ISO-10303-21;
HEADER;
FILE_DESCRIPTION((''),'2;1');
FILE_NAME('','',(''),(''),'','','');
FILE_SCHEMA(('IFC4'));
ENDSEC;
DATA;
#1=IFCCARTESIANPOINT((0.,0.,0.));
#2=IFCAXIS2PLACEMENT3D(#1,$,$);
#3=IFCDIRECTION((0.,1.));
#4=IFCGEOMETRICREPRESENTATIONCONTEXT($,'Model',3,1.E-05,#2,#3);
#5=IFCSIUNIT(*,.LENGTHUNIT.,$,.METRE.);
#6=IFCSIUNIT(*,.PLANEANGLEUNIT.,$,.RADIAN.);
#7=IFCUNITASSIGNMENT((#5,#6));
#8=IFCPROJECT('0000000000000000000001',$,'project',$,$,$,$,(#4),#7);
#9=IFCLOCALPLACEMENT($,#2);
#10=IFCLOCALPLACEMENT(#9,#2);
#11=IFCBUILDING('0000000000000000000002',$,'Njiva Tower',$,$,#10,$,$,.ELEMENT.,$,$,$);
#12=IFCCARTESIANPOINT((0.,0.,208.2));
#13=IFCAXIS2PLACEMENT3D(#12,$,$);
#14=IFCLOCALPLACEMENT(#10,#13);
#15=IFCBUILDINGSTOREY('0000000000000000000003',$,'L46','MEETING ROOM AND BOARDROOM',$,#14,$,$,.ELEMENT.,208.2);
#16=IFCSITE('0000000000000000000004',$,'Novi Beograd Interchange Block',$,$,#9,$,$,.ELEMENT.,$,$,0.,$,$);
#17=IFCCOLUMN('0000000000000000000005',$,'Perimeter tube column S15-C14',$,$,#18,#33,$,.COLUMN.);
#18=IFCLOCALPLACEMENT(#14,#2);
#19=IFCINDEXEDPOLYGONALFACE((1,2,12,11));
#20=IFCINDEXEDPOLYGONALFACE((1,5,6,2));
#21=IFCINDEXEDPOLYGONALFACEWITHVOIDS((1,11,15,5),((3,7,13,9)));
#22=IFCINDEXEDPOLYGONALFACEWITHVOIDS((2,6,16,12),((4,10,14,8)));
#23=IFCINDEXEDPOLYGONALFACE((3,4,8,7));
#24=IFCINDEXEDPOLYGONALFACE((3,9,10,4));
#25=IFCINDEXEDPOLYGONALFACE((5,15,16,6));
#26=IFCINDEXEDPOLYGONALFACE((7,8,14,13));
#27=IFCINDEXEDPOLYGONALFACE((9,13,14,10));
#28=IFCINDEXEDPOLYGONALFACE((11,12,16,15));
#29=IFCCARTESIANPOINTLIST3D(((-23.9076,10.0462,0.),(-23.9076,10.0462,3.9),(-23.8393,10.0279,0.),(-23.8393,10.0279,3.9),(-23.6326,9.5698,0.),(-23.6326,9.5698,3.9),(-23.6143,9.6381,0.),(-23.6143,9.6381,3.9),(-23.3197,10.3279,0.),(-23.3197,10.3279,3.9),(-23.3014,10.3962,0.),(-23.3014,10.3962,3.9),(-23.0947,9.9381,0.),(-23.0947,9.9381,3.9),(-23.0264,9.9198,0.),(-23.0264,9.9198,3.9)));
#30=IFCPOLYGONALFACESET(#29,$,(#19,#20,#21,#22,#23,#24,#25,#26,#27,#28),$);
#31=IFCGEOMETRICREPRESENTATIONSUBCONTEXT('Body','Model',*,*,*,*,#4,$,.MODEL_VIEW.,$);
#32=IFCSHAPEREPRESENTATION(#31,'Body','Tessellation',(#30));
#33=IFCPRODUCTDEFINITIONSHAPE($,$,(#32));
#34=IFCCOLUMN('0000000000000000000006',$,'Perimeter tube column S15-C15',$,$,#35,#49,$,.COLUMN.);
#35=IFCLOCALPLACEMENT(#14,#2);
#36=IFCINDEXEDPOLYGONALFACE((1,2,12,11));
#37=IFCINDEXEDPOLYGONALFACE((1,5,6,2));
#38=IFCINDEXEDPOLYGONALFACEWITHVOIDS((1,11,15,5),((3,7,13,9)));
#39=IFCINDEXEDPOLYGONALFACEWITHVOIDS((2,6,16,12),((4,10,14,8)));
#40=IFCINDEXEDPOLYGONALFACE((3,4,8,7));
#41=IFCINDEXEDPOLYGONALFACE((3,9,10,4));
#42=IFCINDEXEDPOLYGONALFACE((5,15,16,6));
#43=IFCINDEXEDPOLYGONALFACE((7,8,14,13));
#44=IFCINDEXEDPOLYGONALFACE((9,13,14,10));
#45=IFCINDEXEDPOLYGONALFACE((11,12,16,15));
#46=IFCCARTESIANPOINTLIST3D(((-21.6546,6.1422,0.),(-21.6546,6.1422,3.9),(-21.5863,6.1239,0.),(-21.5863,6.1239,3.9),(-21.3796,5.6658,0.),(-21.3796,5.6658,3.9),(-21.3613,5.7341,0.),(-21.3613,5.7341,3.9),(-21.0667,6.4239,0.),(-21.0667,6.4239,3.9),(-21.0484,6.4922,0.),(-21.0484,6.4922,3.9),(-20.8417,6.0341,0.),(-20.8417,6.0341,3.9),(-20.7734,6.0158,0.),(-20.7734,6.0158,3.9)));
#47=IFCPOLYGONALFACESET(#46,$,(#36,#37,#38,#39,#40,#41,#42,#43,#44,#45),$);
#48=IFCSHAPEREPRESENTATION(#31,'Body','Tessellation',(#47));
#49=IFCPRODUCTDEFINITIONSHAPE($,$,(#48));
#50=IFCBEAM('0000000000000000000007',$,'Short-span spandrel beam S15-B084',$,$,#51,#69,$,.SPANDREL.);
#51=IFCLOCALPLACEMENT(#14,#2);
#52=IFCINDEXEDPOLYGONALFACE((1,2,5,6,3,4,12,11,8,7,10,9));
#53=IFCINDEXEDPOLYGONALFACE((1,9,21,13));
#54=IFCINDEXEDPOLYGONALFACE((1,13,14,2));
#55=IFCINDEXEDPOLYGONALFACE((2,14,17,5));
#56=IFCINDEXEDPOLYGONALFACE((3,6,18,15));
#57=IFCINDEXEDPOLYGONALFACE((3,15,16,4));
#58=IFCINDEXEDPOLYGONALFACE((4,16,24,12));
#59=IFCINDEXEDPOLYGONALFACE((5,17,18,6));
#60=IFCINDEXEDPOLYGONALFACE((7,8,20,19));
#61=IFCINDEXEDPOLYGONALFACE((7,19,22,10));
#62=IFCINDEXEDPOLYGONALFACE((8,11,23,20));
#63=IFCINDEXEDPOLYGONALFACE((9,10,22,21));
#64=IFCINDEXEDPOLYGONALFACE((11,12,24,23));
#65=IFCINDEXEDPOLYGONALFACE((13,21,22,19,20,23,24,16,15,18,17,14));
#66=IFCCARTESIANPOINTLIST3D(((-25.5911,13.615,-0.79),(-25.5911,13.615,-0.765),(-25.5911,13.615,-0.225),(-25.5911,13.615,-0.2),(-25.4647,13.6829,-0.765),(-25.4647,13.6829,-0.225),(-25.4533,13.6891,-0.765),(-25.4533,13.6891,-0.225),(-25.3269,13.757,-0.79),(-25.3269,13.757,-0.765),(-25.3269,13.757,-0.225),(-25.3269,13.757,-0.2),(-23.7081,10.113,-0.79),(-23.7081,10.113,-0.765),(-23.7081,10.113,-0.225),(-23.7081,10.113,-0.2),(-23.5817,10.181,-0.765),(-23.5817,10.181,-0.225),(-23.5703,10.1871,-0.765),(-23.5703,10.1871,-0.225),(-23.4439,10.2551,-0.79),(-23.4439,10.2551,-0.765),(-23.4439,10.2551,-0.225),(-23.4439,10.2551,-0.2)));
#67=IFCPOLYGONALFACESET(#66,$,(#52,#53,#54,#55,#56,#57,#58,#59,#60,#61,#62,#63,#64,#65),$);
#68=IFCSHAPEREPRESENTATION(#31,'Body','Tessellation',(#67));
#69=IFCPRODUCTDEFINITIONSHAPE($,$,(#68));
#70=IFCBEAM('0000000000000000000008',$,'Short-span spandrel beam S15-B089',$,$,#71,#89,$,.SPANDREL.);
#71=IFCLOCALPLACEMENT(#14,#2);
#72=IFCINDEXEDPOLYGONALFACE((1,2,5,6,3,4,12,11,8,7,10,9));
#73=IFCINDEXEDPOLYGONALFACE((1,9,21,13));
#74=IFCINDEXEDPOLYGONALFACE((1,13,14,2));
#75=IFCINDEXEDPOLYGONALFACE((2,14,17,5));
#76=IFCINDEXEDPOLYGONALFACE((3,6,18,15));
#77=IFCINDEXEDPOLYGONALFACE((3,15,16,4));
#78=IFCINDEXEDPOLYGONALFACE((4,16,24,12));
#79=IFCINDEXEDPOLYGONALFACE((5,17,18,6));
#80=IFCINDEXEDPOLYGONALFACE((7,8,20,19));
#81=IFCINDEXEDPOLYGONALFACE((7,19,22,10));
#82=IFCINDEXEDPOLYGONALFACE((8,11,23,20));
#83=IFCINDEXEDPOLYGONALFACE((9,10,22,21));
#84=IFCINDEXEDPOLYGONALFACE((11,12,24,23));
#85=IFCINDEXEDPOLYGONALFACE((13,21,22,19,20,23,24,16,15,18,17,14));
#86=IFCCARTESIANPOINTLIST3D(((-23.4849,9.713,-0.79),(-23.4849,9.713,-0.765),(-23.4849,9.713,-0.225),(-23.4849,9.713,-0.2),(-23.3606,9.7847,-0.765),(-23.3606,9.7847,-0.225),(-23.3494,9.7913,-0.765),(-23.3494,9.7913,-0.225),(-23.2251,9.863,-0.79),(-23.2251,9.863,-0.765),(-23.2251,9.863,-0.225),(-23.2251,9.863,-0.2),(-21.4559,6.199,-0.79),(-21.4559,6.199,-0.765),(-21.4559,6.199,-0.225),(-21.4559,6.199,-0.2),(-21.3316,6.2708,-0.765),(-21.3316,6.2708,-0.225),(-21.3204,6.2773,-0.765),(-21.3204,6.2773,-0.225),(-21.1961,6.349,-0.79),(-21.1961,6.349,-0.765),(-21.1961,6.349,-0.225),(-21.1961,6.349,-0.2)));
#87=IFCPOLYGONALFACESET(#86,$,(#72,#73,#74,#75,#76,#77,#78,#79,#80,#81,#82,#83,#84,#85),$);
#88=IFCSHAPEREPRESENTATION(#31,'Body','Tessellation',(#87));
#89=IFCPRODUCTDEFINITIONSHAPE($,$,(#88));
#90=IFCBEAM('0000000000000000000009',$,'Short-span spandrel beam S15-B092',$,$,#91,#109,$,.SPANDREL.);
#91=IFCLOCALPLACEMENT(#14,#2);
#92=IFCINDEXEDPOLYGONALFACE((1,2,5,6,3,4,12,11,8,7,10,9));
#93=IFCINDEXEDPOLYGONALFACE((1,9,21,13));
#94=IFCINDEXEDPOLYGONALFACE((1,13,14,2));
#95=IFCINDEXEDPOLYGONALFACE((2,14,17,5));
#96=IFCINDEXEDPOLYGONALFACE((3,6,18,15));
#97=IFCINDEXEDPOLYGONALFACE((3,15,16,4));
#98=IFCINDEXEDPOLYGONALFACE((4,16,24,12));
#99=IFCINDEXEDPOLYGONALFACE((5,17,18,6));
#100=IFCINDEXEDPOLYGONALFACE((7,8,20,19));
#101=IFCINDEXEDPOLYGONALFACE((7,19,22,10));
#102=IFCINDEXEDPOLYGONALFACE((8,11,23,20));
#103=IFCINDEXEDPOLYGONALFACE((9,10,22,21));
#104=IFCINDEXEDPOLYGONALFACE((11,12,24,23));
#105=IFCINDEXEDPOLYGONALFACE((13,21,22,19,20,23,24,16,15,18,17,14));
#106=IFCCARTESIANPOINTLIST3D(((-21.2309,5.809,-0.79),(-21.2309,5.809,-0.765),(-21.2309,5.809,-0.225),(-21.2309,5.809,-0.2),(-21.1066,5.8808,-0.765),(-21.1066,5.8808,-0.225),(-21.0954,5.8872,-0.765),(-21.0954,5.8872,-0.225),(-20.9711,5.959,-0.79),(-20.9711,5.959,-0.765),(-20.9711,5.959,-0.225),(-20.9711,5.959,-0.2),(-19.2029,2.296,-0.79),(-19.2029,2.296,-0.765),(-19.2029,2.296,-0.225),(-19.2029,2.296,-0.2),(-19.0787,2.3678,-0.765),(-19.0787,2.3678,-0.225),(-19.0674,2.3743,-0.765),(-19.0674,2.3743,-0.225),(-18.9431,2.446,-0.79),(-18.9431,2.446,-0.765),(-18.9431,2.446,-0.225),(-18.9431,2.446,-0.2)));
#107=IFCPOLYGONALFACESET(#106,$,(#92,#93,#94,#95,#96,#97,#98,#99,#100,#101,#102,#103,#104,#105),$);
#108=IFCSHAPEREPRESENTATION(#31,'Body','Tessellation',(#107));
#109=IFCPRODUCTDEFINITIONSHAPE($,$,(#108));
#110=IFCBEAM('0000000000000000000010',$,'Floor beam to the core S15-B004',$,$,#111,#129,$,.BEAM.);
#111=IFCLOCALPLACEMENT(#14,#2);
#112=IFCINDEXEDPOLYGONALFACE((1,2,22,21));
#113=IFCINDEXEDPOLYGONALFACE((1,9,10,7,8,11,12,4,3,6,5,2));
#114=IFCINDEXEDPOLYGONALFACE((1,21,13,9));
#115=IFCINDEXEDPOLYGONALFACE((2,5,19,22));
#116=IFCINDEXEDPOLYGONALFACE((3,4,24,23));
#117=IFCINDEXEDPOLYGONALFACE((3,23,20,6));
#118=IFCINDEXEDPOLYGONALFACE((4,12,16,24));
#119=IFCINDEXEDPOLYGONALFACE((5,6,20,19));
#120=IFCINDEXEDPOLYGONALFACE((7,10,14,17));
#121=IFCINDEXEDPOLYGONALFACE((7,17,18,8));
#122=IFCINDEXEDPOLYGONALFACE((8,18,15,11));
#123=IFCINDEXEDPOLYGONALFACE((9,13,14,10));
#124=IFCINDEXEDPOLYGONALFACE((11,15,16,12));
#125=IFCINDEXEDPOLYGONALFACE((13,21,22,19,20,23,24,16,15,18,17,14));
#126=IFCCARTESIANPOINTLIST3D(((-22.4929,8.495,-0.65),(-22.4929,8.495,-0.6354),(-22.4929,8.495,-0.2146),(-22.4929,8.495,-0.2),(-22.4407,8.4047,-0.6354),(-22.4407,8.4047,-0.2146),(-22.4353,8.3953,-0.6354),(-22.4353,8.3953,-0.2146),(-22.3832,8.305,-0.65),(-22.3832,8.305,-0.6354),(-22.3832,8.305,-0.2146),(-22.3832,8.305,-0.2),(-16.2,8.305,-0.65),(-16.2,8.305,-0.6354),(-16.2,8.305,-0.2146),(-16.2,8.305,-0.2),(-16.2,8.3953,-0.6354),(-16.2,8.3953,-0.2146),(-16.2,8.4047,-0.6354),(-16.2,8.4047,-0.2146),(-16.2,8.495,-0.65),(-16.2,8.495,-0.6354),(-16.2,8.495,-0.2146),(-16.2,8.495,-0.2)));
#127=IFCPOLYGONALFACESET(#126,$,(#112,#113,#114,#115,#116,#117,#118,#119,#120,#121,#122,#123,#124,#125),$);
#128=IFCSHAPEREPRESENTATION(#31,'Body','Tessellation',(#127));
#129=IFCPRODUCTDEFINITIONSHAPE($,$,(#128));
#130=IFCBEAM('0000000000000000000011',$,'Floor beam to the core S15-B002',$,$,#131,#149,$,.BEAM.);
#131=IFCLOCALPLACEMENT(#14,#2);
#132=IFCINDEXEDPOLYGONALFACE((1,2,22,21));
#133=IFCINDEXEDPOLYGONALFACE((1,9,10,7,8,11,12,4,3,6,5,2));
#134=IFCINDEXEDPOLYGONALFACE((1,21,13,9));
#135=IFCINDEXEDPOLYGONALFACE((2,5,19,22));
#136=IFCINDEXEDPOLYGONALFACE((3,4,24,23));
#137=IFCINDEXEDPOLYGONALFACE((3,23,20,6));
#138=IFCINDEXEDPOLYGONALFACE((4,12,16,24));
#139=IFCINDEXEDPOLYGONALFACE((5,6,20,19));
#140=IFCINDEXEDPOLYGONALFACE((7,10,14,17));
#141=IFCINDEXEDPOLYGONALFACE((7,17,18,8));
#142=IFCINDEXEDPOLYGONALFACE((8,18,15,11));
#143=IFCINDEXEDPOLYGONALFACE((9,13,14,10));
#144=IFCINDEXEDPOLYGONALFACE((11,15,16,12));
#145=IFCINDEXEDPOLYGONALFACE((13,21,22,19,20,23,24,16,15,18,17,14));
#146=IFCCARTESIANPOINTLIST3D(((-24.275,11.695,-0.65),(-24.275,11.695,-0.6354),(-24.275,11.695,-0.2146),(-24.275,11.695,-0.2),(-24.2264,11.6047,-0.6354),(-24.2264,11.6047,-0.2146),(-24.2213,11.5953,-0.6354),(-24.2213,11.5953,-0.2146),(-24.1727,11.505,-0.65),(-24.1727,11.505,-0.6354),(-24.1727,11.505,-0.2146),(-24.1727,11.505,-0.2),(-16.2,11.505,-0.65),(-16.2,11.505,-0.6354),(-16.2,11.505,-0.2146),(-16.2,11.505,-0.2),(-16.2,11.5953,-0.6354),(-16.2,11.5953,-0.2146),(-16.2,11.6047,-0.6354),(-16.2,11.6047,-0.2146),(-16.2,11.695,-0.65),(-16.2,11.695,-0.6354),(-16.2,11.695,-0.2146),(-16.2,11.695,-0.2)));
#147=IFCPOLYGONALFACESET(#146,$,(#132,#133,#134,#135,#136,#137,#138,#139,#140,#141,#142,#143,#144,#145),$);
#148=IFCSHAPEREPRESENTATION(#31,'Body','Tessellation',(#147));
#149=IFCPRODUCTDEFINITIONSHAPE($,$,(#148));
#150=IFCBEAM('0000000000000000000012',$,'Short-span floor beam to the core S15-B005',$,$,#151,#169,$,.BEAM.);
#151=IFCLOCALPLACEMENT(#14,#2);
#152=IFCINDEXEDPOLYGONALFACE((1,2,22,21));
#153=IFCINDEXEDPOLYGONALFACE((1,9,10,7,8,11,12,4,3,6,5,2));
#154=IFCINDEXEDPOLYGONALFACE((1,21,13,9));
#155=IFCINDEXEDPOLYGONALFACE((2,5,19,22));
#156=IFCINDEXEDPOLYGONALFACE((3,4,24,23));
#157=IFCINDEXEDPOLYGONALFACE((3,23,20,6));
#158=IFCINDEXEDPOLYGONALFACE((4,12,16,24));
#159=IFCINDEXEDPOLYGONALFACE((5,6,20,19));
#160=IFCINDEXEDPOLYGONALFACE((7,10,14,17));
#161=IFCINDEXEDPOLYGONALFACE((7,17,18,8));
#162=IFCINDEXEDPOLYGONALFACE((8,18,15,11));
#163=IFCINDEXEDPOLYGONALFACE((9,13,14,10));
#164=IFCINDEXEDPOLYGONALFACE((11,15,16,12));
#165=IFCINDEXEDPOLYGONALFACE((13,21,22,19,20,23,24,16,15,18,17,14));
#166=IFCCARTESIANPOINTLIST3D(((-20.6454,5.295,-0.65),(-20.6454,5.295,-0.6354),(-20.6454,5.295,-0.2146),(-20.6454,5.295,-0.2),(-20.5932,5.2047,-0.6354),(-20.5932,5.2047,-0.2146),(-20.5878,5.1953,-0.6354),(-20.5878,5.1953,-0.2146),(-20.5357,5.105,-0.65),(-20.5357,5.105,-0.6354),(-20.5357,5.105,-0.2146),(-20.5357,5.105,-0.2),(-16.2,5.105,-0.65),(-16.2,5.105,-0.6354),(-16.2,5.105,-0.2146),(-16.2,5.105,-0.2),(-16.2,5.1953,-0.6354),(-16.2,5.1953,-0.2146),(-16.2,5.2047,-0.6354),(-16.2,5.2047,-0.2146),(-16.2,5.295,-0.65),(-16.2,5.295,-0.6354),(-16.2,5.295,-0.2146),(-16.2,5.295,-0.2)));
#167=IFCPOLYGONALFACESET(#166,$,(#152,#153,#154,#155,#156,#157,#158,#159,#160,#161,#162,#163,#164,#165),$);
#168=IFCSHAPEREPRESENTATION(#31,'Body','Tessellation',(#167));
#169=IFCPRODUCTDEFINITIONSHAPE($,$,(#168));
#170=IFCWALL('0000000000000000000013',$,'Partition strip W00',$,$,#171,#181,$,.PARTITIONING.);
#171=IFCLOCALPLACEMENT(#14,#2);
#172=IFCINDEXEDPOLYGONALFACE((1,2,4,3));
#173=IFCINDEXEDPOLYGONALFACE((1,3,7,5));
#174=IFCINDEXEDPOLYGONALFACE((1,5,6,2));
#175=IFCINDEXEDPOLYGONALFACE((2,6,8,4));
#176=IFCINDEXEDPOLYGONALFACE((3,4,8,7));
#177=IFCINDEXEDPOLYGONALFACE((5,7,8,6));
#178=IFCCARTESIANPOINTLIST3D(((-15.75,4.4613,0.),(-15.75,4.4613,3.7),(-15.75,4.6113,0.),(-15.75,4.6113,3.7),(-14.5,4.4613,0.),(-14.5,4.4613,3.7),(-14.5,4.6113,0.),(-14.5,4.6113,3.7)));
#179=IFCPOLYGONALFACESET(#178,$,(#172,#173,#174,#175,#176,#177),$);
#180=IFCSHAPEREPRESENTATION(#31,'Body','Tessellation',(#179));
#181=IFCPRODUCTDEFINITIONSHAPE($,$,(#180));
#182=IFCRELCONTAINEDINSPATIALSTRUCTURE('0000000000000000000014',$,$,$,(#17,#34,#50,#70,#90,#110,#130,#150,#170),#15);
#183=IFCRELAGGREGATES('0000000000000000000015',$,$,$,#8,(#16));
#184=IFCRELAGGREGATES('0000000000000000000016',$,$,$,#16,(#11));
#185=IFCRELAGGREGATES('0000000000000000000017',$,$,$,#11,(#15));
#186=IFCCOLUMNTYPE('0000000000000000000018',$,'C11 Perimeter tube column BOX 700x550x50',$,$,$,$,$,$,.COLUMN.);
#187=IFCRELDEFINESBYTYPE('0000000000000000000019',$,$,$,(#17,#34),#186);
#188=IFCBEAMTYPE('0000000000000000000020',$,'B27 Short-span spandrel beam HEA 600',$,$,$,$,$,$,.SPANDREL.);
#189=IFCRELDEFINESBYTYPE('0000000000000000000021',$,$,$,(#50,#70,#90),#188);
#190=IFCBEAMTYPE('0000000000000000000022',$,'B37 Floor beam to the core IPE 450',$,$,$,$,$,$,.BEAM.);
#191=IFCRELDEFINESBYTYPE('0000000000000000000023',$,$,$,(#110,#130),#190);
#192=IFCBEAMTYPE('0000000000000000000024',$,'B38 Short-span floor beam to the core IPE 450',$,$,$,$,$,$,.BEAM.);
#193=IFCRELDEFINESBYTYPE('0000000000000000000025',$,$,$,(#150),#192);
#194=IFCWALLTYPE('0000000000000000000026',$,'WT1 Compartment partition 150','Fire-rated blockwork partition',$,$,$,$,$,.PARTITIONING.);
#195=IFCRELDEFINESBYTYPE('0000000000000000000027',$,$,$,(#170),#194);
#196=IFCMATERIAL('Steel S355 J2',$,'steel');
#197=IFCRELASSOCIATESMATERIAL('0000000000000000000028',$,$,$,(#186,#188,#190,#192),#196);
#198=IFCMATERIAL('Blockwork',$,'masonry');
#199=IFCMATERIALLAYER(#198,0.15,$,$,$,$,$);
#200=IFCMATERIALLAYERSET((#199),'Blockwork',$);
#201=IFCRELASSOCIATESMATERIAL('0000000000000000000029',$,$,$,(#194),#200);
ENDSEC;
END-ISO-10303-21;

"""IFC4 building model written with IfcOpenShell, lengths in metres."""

from ifc_helpers import new_model, si_unit, direction, frame, frame_2d, origin, origin_2d, place, context, subcontext, project, spatial, rectangle, hollow_rectangle, i_section, extrude, clip, halfspace, material, layer, layer_set, material_profile, profile_set, type_object, element, save


model = new_model("IFC4")

# Units and contexts
model_context = context("Model", 3, precision=1e-05, world=origin(), true_north=direction((0.0, 1.0)))
body_context = subcontext(model_context, "Body", "Model", "MODEL_VIEW")
ifc_project = project(units=[si_unit("LENGTHUNIT", "METRE"), si_unit("PLANEANGLEUNIT", "RADIAN")], contexts=[model_context])

# Site, building, storey
site_placement = place(None, origin())
site = spatial("IfcSite", under=ifc_project, at=site_placement, Name="Novi Beograd Interchange Block", CompositionType="ELEMENT", RefElevation=0.0)
building_placement = place(site_placement, origin())
building = spatial("IfcBuilding", under=site, at=building_placement, Name="Njiva Tower", CompositionType="ELEMENT")
storey_placement = place(building_placement, frame((0.0, 0.0, 208.2)))
storey = spatial("IfcBuildingStorey", under=building, at=storey_placement, Name="L46", Description="MEETING ROOM AND BOARDROOM", CompositionType="ELEMENT", Elevation=208.2)

# Columns
ifc_material_1 = material(Name="Steel S355 J2", Category="steel")
ifc_material_profile_1 = material_profile(ifc_material_1, hollow_rectangle(XDim=0.55, YDim=0.7, WallThickness=0.05, at=origin_2d()), Name="BOX 700x550x50")
ifc_profile_set_1 = profile_set([ifc_material_profile_1], Name="Steel S355 J2")
column_type = type_object("IfcColumnType", Name="C11 Perimeter tube column BOX 700x550x50", PredefinedType="COLUMN", material=ifc_profile_set_1)
for number, where, z_axis, x_axis, name in (
    (1, (-23.467, 9.983, 0.0), (0.0, 0.0, 1.0), (0.5, -0.866025, 0.0), "Perimeter tube column S15-C14"),
    (2, (-21.214, 6.079, 0.0), (0.0, 0.0, 1.0), (0.5, -0.866025, 0.0), "Perimeter tube column S15-C15"),
):
    element("IfcColumn", number, at=place(storey_placement, frame(where, z_axis=z_axis, x_axis=x_axis)), inside=storey, type_object=column_type, Name=name, PredefinedType="COLUMN", context=body_context, shape_type="SweptSolid", body=[
        extrude(hollow_rectangle(XDim=0.55, YDim=0.7, WallThickness=0.05, at=origin_2d()), origin(), (0.0, 0.0, 1.0), 3.9),
    ])

# Beams
ifc_material_profile_2 = material_profile(ifc_material_1, i_section(OverallWidth=0.3, OverallDepth=0.59, WebThickness=0.013, FlangeThickness=0.025, at=origin_2d()), Name="HEA 600")
ifc_profile_set_2 = profile_set([ifc_material_profile_2], Name="Steel S355 J2")
beam_type_1 = type_object("IfcBeamType", Name="B27 Short-span spandrel beam HEA 600", PredefinedType="SPANDREL", material=ifc_profile_set_2)
beam_1_placement = place(storey_placement, frame((-25.459, 13.686, -0.495), z_axis=(0.473575, -0.880754, 0.0), x_axis=(0.880754, 0.473575, 0.0)))
element("IfcBeam", 3, at=beam_1_placement, inside=storey, type_object=beam_type_1, Name="Short-span spandrel beam S15-B084", PredefinedType="SPANDREL", context=body_context, shape_type="SweptSolid", body=[
    extrude(i_section(OverallWidth=0.3, OverallDepth=0.59, WebThickness=0.013, FlangeThickness=0.025, at=origin_2d()), origin(), (0.0, 0.0, 1.0), 3.9761),
])
beam_2_placement = place(storey_placement, frame((-23.355, 9.788, -0.495), z_axis=(0.500035, -0.866005, 0.0), x_axis=(0.866005, 0.500035, 0.0)))
element("IfcBeam", 4, at=beam_2_placement, inside=storey, type_object=beam_type_1, Name="Short-span spandrel beam S15-B089", PredefinedType="SPANDREL", context=body_context, shape_type="SweptSolid", body=[
    extrude(i_section(OverallWidth=0.3, OverallDepth=0.59, WebThickness=0.013, FlangeThickness=0.025, at=origin_2d()), origin(), (0.0, 0.0, 1.0), 4.0577),
])
beam_3_placement = place(storey_placement, frame((-21.101, 5.884, -0.495), z_axis=(0.499957, -0.86605, 0.0), x_axis=(0.86605, 0.499957, 0.0)))
element("IfcBeam", 5, at=beam_3_placement, inside=storey, type_object=beam_type_1, Name="Short-span spandrel beam S15-B092", PredefinedType="SPANDREL", context=body_context, shape_type="SweptSolid", body=[
    extrude(i_section(OverallWidth=0.3, OverallDepth=0.59, WebThickness=0.013, FlangeThickness=0.025, at=origin_2d()), origin(), (0.0, 0.0, 1.0), 4.0563),
])
ifc_material_profile_3 = material_profile(ifc_material_1, i_section(OverallWidth=0.19, OverallDepth=0.45, WebThickness=0.0094, FlangeThickness=0.0146, at=origin_2d()), Name="IPE 450")
ifc_profile_set_3 = profile_set([ifc_material_profile_3], Name="Steel S355 J2")
beam_type_2 = type_object("IfcBeamType", Name="B37 Floor beam to the core IPE 450", PredefinedType="BEAM", material=ifc_profile_set_3)
beam_4_placement = place(storey_placement, frame((-22.513, 8.4, -0.425), z_axis=(1.0, 0.0, 0.0), x_axis=(0.0, 1.0, 0.0)))
element("IfcBeam", 6, at=beam_4_placement, inside=storey, type_object=beam_type_2, Name="Floor beam to the core S15-B004", PredefinedType="BEAM", context=body_context, shape_type="Clipping", body=[
    clip(extrude(i_section(OverallWidth=0.19, OverallDepth=0.45, WebThickness=0.0094, FlangeThickness=0.0146, at=origin_2d()), origin(), (0.0, 0.0, 1.0), 6.313), halfspace(frame((-0.025, 0.0, 0.0894), z_axis=(-0.499998, 0.0, -0.866027), x_axis=(0.0, -1.0, 0.0)), False)),
])
beam_5_placement = place(storey_placement, frame((-24.295, 11.6, -0.425), z_axis=(1.0, 0.0, 0.0), x_axis=(0.0, 1.0, 0.0)))
element("IfcBeam", 7, at=beam_5_placement, inside=storey, type_object=beam_type_2, Name="Floor beam to the core S15-B002", PredefinedType="BEAM", context=body_context, shape_type="Clipping", body=[
    clip(extrude(i_section(OverallWidth=0.19, OverallDepth=0.45, WebThickness=0.0094, FlangeThickness=0.0146, at=origin_2d()), origin(), (0.0, 0.0, 1.0), 8.095), halfspace(frame((-0.0237, 0.0, 0.0839), z_axis=(-0.473769, 0.0, -0.880649), x_axis=(0.0, -1.0, 0.0)), False)),
])
ifc_material_profile_4 = material_profile(ifc_material_1, i_section(OverallWidth=0.19, OverallDepth=0.45, WebThickness=0.0094, FlangeThickness=0.0146, at=origin_2d()), Name="IPE 450")
ifc_profile_set_4 = profile_set([ifc_material_profile_4], Name="Steel S355 J2")
beam_type_3 = type_object("IfcBeamType", Name="B38 Short-span floor beam to the core IPE 450", PredefinedType="BEAM", material=ifc_profile_set_4)
beam_6_placement = place(storey_placement, frame((-20.666, 5.2, -0.425), z_axis=(1.0, 0.0, 0.0), x_axis=(0.0, 1.0, 0.0)))
element("IfcBeam", 8, at=beam_6_placement, inside=storey, type_object=beam_type_3, Name="Short-span floor beam to the core S15-B005", PredefinedType="BEAM", context=body_context, shape_type="Clipping", body=[
    clip(extrude(i_section(OverallWidth=0.19, OverallDepth=0.45, WebThickness=0.0094, FlangeThickness=0.0146, at=origin_2d()), origin(), (0.0, 0.0, 1.0), 4.466), halfspace(frame((-0.025, 0.0, 0.0899), z_axis=(-0.499998, 0.0, -0.866027), x_axis=(0.0, -1.0, 0.0)), False)),
])

# Wall
ifc_material_2 = material(Name="Blockwork", Category="masonry")
ifc_layer_1 = layer(ifc_material_2, 0.15)
ifc_layer_set_1 = layer_set([ifc_layer_1], Name="Blockwork")
wall_type_1 = type_object("IfcWallType", Name="WT1 Compartment partition 150", Description="Fire-rated blockwork partition", PredefinedType="PARTITIONING", material=ifc_layer_set_1)
for number, where, z_axis, x_axis, name in (
    (9, (-15.75, 4.5363, 0.0), (0.0, 0.0, 1.0), (1.0, 0.0, 0.0), "Partition strip W00"),
):
    element("IfcWall", number, at=place(storey_placement, frame(where, z_axis=z_axis, x_axis=x_axis)), inside=storey, type_object=wall_type_1, Name=name, PredefinedType="PARTITIONING", context=body_context, shape_type="SweptSolid", body=[
        extrude(rectangle(XDim=1.25, YDim=0.15, at=frame_2d((0.625, 0.0))), origin(), (0.0, 0.0, 1.0), 3.7),
    ])

save(model, "model.ifc")
